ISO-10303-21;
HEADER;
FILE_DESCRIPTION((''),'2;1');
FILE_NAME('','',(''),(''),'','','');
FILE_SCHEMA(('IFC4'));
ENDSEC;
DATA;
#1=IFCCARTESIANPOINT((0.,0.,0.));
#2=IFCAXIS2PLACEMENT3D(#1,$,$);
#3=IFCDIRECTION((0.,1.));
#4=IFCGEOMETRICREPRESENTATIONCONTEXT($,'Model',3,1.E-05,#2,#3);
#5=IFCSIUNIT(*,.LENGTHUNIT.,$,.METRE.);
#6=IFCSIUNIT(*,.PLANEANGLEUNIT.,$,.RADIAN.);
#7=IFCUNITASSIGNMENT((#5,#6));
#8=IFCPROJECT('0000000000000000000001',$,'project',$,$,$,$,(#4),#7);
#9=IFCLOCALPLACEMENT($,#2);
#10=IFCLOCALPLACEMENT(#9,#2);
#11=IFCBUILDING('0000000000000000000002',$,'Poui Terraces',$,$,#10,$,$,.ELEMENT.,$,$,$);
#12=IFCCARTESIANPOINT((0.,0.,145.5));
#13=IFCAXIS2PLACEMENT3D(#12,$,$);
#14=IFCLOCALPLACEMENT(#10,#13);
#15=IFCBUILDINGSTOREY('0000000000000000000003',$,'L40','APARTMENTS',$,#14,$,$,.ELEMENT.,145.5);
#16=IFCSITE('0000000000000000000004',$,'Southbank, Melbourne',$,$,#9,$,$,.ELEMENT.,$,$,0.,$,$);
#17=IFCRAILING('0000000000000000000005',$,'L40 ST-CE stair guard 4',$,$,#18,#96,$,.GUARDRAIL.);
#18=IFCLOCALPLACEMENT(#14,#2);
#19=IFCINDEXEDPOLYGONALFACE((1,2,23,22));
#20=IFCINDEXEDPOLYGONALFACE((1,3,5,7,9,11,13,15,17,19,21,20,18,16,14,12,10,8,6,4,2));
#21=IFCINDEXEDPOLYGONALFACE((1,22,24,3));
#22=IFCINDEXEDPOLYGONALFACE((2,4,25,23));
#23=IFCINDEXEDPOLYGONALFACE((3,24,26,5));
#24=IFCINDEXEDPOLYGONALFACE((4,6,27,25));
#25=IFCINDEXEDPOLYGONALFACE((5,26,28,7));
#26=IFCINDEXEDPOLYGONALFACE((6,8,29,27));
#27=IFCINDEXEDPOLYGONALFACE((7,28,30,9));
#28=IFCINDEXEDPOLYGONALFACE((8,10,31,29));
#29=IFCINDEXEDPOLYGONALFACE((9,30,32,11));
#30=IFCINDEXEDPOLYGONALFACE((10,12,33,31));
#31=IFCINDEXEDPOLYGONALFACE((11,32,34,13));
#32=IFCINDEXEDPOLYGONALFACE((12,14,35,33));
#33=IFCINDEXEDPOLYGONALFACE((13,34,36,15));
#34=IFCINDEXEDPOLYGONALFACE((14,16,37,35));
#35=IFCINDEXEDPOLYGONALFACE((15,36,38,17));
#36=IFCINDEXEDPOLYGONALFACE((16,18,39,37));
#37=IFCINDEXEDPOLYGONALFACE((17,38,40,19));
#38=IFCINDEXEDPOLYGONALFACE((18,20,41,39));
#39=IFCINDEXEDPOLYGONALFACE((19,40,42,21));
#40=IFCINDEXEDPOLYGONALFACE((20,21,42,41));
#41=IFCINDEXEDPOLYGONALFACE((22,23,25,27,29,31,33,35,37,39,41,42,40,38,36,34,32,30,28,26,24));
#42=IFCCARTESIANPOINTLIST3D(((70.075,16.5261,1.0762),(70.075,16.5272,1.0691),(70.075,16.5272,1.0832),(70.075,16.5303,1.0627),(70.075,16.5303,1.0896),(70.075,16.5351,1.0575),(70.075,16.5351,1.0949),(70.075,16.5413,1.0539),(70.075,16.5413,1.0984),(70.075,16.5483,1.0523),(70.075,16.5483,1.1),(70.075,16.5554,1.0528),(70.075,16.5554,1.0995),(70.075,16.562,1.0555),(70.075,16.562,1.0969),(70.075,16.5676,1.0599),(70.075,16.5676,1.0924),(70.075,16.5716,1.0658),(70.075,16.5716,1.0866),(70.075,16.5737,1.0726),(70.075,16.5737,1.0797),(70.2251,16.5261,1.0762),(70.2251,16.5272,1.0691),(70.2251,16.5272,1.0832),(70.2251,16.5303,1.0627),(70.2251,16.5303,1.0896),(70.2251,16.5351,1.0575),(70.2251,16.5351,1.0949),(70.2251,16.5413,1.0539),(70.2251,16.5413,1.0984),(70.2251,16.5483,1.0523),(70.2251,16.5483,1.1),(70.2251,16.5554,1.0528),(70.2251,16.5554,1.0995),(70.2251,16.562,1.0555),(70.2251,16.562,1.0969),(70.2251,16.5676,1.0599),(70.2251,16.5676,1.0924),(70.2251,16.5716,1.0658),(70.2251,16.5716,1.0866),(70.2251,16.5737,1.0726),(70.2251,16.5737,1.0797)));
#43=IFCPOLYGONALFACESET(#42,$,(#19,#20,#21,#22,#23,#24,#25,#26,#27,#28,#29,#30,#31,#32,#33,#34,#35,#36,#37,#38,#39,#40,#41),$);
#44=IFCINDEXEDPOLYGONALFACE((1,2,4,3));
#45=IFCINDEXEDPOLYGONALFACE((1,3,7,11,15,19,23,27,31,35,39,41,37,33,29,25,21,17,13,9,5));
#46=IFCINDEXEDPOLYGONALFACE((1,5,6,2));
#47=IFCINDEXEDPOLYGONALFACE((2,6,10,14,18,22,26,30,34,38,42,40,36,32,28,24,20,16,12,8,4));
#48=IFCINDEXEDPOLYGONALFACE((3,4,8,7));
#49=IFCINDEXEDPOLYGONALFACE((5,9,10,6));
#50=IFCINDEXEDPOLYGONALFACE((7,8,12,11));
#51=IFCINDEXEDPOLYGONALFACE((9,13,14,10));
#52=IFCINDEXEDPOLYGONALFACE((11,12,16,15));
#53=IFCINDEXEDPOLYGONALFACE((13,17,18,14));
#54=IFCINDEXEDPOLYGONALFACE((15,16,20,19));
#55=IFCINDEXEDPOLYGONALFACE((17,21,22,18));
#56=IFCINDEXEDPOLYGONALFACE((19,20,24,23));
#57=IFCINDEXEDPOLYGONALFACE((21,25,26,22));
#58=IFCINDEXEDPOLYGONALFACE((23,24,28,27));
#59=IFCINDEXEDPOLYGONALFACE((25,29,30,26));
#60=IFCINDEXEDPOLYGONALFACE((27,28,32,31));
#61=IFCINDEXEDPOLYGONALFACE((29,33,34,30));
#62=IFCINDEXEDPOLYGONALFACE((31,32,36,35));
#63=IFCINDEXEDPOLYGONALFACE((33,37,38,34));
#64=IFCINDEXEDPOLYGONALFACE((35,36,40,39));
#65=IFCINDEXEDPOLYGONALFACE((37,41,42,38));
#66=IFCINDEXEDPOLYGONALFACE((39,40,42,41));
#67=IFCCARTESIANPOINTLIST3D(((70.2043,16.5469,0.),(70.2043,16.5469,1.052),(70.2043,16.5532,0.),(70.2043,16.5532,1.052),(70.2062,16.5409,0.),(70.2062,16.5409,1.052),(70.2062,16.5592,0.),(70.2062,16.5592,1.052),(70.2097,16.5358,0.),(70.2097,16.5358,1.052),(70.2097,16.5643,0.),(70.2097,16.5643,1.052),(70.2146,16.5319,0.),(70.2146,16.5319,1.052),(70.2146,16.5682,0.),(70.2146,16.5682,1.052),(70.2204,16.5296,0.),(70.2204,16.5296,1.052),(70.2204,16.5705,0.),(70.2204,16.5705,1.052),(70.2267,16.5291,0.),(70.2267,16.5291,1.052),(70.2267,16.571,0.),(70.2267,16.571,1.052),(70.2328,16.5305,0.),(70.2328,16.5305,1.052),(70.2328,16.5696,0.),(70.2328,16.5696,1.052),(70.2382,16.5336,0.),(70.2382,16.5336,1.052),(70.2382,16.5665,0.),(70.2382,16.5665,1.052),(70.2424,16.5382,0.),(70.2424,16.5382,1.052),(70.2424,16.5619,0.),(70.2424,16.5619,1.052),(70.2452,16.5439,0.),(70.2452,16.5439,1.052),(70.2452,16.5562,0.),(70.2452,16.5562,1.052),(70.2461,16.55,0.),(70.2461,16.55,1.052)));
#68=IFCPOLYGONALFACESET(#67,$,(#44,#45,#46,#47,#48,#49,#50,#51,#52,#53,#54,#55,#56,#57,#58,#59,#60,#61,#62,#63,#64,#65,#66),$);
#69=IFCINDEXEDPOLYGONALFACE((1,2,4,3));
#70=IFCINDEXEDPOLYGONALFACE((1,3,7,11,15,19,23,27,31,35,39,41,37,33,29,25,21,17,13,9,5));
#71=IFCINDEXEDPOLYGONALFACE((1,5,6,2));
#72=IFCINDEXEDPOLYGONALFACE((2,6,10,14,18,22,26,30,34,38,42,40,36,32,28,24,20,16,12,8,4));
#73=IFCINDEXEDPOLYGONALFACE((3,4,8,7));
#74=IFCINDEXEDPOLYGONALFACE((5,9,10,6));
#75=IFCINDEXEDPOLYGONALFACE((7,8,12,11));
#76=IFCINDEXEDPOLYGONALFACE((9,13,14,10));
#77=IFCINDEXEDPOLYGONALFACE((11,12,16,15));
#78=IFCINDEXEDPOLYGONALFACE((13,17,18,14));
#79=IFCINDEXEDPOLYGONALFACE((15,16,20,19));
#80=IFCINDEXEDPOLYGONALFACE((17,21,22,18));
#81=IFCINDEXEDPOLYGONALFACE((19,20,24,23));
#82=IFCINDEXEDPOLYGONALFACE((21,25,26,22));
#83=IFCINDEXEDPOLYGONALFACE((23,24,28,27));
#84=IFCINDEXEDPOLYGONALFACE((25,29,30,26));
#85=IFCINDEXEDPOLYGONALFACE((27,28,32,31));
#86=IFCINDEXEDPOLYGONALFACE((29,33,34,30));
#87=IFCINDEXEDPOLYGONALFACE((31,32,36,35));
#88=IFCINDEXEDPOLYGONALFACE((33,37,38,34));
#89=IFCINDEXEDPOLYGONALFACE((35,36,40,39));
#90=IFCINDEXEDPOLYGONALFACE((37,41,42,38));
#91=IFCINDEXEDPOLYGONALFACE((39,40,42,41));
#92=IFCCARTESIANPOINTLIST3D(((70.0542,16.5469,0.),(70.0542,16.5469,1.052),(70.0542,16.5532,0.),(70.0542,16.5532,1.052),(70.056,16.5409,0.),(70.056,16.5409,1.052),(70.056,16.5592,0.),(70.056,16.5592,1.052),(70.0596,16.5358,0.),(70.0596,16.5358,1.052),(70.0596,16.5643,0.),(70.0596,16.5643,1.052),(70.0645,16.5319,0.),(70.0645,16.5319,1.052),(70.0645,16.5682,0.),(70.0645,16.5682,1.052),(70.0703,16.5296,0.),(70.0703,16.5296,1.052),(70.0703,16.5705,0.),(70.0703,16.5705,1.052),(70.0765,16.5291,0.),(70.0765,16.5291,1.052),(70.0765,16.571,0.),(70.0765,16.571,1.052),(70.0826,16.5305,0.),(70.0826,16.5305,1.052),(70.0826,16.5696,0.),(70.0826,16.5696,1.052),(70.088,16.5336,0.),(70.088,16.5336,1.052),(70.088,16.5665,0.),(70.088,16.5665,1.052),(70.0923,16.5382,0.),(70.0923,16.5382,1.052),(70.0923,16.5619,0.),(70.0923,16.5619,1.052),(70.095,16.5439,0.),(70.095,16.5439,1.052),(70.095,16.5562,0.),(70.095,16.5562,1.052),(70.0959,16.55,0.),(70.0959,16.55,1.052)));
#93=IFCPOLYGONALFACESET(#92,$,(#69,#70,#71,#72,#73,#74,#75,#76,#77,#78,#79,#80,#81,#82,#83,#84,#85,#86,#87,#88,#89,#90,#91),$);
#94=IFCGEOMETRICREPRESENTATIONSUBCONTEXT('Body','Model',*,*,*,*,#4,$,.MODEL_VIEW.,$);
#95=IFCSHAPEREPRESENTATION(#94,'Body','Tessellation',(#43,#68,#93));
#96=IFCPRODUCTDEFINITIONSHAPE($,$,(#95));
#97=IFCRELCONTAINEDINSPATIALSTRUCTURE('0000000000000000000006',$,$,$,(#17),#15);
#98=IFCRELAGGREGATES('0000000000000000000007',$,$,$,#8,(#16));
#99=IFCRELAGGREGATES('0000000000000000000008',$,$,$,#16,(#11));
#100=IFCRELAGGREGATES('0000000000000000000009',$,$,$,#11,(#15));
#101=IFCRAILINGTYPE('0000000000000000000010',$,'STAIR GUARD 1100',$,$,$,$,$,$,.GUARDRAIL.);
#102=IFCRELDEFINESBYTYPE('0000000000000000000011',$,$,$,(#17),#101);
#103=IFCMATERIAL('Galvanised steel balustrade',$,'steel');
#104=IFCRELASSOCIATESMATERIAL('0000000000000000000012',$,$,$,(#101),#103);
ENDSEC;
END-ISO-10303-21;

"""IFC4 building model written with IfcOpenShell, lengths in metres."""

from ifc_helpers import new_model, si_unit, direction, frame, origin, origin_2d, place, context, subcontext, project, spatial, circle, extrude, material, type_object, element, save


model = new_model("IFC4")

# Units and contexts
model_context = context("Model", 3, precision=1e-05, world=origin(), true_north=direction((0.0, 1.0)))
body_context = subcontext(model_context, "Body", "Model", "MODEL_VIEW")
ifc_project = project(units=[si_unit("LENGTHUNIT", "METRE"), si_unit("PLANEANGLEUNIT", "RADIAN")], contexts=[model_context])

# Site, building, storey
site_placement = place(None, origin())
site = spatial("IfcSite", under=ifc_project, at=site_placement, Name="Southbank, Melbourne", CompositionType="ELEMENT", RefElevation=0.0)
building_placement = place(site_placement, origin())
building = spatial("IfcBuilding", under=site, at=building_placement, Name="Poui Terraces", CompositionType="ELEMENT")
storey_placement = place(building_placement, frame((0.0, 0.0, 145.5)))
storey = spatial("IfcBuildingStorey", under=building, at=storey_placement, Name="L40", Description="APARTMENTS", CompositionType="ELEMENT", Elevation=145.5)

# Railing
ifc_material_1 = material(Name="Galvanised steel balustrade", Category="steel")
railing_type_1 = type_object("IfcRailingType", Name="STAIR GUARD 1100", PredefinedType="GUARDRAIL", material=ifc_material_1)
railing_1_placement = place(storey_placement, frame((70.2251, 16.55, 0.0)))
element("IfcRailing", 1, at=railing_1_placement, inside=storey, type_object=railing_type_1, Name="L40 ST-CE stair guard 4", PredefinedType="GUARDRAIL", context=body_context, shape_type="SweptSolid", body=[
    extrude(circle(Radius=0.0239, at=origin_2d()), frame((0.0, 0.0, 1.0762), z_axis=(-1.0, 0.0, 0.0), x_axis=(0.0, -1.0, 0.0)), (0.0, 0.0, 1.0), 0.1501),
    extrude(circle(Radius=0.021, at=origin_2d()), origin(), (0.0, 0.0, 1.0), 1.052),
    extrude(circle(Radius=0.021, at=origin_2d()), frame((-0.1501, 0.0, 0.0)), (0.0, 0.0, 1.0), 1.052),
])

save(model, "model.ifc")
